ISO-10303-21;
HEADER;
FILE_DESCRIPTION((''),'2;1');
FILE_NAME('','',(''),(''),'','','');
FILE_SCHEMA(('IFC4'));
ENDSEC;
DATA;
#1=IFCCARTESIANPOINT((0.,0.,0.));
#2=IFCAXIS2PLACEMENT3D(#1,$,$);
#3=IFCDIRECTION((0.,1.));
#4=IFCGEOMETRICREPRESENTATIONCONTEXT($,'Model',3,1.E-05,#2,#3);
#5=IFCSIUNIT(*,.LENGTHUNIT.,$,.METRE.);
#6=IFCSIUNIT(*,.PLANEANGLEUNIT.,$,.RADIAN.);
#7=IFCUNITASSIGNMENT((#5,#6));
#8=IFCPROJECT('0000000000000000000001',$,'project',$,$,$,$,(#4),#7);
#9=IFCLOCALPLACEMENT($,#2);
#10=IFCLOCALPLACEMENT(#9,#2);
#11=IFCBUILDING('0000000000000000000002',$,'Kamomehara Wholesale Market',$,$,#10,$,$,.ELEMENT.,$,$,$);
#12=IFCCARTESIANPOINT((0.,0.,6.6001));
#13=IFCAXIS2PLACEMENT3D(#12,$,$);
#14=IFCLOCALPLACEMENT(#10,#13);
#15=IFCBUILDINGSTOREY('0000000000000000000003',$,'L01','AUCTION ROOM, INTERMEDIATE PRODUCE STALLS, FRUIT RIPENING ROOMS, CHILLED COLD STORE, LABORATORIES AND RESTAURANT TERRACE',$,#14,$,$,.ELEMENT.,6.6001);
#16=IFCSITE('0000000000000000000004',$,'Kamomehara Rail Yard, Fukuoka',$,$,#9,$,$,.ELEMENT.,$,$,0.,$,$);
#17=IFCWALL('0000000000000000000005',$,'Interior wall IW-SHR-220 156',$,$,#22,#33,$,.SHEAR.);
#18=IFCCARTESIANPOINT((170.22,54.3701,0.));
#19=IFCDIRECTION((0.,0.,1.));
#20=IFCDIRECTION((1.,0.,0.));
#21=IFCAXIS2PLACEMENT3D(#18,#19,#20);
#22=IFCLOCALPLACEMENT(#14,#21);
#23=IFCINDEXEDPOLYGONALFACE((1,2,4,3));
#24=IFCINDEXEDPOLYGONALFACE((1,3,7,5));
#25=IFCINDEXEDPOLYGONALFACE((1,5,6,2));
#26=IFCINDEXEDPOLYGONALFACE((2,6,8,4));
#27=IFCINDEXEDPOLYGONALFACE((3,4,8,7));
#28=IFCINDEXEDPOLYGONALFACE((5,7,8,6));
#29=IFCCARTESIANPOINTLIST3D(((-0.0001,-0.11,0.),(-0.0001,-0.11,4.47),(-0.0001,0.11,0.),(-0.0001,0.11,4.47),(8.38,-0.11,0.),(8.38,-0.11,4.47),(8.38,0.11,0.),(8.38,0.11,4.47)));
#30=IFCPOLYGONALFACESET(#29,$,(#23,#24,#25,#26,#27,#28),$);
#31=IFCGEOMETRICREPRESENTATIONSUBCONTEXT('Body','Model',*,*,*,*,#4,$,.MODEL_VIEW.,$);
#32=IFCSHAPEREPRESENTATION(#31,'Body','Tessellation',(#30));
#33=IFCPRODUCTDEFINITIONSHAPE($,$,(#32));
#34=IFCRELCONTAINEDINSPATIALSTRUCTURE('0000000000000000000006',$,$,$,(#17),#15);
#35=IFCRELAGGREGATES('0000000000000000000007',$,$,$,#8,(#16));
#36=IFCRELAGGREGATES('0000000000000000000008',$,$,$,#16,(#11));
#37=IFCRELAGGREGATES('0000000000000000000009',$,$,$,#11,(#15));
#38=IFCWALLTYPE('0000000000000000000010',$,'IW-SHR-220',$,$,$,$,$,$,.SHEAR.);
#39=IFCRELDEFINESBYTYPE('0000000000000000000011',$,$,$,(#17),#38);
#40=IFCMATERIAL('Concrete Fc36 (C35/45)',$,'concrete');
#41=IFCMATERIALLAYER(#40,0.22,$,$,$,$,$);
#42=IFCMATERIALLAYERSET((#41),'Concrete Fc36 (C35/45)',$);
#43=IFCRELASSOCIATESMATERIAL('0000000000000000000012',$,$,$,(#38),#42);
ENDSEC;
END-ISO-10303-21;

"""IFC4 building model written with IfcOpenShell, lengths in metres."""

from ifc_helpers import new_model, si_unit, direction, frame, frame_2d, origin, place, context, subcontext, project, spatial, rectangle, extrude, material, layer, layer_set, type_object, element, save


model = new_model("IFC4")

# Units and contexts
model_context = context("Model", 3, precision=1e-05, world=origin(), true_north=direction((0.0, 1.0)))
body_context = subcontext(model_context, "Body", "Model", "MODEL_VIEW")
ifc_project = project(units=[si_unit("LENGTHUNIT", "METRE"), si_unit("PLANEANGLEUNIT", "RADIAN")], contexts=[model_context])

# Site, building, storey
site_placement = place(None, origin())
site = spatial("IfcSite", under=ifc_project, at=site_placement, Name="Kamomehara Rail Yard, Fukuoka", CompositionType="ELEMENT", RefElevation=0.0)
building_placement = place(site_placement, origin())
building = spatial("IfcBuilding", under=site, at=building_placement, Name="Kamomehara Wholesale Market", CompositionType="ELEMENT")
storey_placement = place(building_placement, frame((0.0, 0.0, 6.6001)))
storey = spatial("IfcBuildingStorey", under=building, at=storey_placement, Name="L01", Description="AUCTION ROOM, INTERMEDIATE PRODUCE STALLS, FRUIT RIPENING ROOMS, CHILLED COLD STORE, LABORATORIES AND RESTAURANT TERRACE", CompositionType="ELEMENT", Elevation=6.6001)

# Wall
ifc_material_1 = material(Name="Concrete Fc36 (C35/45)", Category="concrete")
ifc_layer_1 = layer(ifc_material_1, 0.22)
ifc_layer_set_1 = layer_set([ifc_layer_1], Name="Concrete Fc36 (C35/45)")
wall_type_1 = type_object("IfcWallType", Name="IW-SHR-220", PredefinedType="SHEAR", material=ifc_layer_set_1)
wall_1_placement = place(storey_placement, frame((170.22, 54.3701, 0.0), z_axis=(0.0, 0.0, 1.0), x_axis=(1.0, 0.0, 0.0)))
element("IfcWall", 1, at=wall_1_placement, inside=storey, type_object=wall_type_1, Name="Interior wall IW-SHR-220 156", PredefinedType="SHEAR", context=body_context, shape_type="SweptSolid", body=[
    extrude(rectangle(XDim=8.3801, YDim=0.22, at=frame_2d((4.1899, 0.0))), origin(), (0.0, 0.0, 1.0), 4.47),
])

save(model, "model.ifc")
